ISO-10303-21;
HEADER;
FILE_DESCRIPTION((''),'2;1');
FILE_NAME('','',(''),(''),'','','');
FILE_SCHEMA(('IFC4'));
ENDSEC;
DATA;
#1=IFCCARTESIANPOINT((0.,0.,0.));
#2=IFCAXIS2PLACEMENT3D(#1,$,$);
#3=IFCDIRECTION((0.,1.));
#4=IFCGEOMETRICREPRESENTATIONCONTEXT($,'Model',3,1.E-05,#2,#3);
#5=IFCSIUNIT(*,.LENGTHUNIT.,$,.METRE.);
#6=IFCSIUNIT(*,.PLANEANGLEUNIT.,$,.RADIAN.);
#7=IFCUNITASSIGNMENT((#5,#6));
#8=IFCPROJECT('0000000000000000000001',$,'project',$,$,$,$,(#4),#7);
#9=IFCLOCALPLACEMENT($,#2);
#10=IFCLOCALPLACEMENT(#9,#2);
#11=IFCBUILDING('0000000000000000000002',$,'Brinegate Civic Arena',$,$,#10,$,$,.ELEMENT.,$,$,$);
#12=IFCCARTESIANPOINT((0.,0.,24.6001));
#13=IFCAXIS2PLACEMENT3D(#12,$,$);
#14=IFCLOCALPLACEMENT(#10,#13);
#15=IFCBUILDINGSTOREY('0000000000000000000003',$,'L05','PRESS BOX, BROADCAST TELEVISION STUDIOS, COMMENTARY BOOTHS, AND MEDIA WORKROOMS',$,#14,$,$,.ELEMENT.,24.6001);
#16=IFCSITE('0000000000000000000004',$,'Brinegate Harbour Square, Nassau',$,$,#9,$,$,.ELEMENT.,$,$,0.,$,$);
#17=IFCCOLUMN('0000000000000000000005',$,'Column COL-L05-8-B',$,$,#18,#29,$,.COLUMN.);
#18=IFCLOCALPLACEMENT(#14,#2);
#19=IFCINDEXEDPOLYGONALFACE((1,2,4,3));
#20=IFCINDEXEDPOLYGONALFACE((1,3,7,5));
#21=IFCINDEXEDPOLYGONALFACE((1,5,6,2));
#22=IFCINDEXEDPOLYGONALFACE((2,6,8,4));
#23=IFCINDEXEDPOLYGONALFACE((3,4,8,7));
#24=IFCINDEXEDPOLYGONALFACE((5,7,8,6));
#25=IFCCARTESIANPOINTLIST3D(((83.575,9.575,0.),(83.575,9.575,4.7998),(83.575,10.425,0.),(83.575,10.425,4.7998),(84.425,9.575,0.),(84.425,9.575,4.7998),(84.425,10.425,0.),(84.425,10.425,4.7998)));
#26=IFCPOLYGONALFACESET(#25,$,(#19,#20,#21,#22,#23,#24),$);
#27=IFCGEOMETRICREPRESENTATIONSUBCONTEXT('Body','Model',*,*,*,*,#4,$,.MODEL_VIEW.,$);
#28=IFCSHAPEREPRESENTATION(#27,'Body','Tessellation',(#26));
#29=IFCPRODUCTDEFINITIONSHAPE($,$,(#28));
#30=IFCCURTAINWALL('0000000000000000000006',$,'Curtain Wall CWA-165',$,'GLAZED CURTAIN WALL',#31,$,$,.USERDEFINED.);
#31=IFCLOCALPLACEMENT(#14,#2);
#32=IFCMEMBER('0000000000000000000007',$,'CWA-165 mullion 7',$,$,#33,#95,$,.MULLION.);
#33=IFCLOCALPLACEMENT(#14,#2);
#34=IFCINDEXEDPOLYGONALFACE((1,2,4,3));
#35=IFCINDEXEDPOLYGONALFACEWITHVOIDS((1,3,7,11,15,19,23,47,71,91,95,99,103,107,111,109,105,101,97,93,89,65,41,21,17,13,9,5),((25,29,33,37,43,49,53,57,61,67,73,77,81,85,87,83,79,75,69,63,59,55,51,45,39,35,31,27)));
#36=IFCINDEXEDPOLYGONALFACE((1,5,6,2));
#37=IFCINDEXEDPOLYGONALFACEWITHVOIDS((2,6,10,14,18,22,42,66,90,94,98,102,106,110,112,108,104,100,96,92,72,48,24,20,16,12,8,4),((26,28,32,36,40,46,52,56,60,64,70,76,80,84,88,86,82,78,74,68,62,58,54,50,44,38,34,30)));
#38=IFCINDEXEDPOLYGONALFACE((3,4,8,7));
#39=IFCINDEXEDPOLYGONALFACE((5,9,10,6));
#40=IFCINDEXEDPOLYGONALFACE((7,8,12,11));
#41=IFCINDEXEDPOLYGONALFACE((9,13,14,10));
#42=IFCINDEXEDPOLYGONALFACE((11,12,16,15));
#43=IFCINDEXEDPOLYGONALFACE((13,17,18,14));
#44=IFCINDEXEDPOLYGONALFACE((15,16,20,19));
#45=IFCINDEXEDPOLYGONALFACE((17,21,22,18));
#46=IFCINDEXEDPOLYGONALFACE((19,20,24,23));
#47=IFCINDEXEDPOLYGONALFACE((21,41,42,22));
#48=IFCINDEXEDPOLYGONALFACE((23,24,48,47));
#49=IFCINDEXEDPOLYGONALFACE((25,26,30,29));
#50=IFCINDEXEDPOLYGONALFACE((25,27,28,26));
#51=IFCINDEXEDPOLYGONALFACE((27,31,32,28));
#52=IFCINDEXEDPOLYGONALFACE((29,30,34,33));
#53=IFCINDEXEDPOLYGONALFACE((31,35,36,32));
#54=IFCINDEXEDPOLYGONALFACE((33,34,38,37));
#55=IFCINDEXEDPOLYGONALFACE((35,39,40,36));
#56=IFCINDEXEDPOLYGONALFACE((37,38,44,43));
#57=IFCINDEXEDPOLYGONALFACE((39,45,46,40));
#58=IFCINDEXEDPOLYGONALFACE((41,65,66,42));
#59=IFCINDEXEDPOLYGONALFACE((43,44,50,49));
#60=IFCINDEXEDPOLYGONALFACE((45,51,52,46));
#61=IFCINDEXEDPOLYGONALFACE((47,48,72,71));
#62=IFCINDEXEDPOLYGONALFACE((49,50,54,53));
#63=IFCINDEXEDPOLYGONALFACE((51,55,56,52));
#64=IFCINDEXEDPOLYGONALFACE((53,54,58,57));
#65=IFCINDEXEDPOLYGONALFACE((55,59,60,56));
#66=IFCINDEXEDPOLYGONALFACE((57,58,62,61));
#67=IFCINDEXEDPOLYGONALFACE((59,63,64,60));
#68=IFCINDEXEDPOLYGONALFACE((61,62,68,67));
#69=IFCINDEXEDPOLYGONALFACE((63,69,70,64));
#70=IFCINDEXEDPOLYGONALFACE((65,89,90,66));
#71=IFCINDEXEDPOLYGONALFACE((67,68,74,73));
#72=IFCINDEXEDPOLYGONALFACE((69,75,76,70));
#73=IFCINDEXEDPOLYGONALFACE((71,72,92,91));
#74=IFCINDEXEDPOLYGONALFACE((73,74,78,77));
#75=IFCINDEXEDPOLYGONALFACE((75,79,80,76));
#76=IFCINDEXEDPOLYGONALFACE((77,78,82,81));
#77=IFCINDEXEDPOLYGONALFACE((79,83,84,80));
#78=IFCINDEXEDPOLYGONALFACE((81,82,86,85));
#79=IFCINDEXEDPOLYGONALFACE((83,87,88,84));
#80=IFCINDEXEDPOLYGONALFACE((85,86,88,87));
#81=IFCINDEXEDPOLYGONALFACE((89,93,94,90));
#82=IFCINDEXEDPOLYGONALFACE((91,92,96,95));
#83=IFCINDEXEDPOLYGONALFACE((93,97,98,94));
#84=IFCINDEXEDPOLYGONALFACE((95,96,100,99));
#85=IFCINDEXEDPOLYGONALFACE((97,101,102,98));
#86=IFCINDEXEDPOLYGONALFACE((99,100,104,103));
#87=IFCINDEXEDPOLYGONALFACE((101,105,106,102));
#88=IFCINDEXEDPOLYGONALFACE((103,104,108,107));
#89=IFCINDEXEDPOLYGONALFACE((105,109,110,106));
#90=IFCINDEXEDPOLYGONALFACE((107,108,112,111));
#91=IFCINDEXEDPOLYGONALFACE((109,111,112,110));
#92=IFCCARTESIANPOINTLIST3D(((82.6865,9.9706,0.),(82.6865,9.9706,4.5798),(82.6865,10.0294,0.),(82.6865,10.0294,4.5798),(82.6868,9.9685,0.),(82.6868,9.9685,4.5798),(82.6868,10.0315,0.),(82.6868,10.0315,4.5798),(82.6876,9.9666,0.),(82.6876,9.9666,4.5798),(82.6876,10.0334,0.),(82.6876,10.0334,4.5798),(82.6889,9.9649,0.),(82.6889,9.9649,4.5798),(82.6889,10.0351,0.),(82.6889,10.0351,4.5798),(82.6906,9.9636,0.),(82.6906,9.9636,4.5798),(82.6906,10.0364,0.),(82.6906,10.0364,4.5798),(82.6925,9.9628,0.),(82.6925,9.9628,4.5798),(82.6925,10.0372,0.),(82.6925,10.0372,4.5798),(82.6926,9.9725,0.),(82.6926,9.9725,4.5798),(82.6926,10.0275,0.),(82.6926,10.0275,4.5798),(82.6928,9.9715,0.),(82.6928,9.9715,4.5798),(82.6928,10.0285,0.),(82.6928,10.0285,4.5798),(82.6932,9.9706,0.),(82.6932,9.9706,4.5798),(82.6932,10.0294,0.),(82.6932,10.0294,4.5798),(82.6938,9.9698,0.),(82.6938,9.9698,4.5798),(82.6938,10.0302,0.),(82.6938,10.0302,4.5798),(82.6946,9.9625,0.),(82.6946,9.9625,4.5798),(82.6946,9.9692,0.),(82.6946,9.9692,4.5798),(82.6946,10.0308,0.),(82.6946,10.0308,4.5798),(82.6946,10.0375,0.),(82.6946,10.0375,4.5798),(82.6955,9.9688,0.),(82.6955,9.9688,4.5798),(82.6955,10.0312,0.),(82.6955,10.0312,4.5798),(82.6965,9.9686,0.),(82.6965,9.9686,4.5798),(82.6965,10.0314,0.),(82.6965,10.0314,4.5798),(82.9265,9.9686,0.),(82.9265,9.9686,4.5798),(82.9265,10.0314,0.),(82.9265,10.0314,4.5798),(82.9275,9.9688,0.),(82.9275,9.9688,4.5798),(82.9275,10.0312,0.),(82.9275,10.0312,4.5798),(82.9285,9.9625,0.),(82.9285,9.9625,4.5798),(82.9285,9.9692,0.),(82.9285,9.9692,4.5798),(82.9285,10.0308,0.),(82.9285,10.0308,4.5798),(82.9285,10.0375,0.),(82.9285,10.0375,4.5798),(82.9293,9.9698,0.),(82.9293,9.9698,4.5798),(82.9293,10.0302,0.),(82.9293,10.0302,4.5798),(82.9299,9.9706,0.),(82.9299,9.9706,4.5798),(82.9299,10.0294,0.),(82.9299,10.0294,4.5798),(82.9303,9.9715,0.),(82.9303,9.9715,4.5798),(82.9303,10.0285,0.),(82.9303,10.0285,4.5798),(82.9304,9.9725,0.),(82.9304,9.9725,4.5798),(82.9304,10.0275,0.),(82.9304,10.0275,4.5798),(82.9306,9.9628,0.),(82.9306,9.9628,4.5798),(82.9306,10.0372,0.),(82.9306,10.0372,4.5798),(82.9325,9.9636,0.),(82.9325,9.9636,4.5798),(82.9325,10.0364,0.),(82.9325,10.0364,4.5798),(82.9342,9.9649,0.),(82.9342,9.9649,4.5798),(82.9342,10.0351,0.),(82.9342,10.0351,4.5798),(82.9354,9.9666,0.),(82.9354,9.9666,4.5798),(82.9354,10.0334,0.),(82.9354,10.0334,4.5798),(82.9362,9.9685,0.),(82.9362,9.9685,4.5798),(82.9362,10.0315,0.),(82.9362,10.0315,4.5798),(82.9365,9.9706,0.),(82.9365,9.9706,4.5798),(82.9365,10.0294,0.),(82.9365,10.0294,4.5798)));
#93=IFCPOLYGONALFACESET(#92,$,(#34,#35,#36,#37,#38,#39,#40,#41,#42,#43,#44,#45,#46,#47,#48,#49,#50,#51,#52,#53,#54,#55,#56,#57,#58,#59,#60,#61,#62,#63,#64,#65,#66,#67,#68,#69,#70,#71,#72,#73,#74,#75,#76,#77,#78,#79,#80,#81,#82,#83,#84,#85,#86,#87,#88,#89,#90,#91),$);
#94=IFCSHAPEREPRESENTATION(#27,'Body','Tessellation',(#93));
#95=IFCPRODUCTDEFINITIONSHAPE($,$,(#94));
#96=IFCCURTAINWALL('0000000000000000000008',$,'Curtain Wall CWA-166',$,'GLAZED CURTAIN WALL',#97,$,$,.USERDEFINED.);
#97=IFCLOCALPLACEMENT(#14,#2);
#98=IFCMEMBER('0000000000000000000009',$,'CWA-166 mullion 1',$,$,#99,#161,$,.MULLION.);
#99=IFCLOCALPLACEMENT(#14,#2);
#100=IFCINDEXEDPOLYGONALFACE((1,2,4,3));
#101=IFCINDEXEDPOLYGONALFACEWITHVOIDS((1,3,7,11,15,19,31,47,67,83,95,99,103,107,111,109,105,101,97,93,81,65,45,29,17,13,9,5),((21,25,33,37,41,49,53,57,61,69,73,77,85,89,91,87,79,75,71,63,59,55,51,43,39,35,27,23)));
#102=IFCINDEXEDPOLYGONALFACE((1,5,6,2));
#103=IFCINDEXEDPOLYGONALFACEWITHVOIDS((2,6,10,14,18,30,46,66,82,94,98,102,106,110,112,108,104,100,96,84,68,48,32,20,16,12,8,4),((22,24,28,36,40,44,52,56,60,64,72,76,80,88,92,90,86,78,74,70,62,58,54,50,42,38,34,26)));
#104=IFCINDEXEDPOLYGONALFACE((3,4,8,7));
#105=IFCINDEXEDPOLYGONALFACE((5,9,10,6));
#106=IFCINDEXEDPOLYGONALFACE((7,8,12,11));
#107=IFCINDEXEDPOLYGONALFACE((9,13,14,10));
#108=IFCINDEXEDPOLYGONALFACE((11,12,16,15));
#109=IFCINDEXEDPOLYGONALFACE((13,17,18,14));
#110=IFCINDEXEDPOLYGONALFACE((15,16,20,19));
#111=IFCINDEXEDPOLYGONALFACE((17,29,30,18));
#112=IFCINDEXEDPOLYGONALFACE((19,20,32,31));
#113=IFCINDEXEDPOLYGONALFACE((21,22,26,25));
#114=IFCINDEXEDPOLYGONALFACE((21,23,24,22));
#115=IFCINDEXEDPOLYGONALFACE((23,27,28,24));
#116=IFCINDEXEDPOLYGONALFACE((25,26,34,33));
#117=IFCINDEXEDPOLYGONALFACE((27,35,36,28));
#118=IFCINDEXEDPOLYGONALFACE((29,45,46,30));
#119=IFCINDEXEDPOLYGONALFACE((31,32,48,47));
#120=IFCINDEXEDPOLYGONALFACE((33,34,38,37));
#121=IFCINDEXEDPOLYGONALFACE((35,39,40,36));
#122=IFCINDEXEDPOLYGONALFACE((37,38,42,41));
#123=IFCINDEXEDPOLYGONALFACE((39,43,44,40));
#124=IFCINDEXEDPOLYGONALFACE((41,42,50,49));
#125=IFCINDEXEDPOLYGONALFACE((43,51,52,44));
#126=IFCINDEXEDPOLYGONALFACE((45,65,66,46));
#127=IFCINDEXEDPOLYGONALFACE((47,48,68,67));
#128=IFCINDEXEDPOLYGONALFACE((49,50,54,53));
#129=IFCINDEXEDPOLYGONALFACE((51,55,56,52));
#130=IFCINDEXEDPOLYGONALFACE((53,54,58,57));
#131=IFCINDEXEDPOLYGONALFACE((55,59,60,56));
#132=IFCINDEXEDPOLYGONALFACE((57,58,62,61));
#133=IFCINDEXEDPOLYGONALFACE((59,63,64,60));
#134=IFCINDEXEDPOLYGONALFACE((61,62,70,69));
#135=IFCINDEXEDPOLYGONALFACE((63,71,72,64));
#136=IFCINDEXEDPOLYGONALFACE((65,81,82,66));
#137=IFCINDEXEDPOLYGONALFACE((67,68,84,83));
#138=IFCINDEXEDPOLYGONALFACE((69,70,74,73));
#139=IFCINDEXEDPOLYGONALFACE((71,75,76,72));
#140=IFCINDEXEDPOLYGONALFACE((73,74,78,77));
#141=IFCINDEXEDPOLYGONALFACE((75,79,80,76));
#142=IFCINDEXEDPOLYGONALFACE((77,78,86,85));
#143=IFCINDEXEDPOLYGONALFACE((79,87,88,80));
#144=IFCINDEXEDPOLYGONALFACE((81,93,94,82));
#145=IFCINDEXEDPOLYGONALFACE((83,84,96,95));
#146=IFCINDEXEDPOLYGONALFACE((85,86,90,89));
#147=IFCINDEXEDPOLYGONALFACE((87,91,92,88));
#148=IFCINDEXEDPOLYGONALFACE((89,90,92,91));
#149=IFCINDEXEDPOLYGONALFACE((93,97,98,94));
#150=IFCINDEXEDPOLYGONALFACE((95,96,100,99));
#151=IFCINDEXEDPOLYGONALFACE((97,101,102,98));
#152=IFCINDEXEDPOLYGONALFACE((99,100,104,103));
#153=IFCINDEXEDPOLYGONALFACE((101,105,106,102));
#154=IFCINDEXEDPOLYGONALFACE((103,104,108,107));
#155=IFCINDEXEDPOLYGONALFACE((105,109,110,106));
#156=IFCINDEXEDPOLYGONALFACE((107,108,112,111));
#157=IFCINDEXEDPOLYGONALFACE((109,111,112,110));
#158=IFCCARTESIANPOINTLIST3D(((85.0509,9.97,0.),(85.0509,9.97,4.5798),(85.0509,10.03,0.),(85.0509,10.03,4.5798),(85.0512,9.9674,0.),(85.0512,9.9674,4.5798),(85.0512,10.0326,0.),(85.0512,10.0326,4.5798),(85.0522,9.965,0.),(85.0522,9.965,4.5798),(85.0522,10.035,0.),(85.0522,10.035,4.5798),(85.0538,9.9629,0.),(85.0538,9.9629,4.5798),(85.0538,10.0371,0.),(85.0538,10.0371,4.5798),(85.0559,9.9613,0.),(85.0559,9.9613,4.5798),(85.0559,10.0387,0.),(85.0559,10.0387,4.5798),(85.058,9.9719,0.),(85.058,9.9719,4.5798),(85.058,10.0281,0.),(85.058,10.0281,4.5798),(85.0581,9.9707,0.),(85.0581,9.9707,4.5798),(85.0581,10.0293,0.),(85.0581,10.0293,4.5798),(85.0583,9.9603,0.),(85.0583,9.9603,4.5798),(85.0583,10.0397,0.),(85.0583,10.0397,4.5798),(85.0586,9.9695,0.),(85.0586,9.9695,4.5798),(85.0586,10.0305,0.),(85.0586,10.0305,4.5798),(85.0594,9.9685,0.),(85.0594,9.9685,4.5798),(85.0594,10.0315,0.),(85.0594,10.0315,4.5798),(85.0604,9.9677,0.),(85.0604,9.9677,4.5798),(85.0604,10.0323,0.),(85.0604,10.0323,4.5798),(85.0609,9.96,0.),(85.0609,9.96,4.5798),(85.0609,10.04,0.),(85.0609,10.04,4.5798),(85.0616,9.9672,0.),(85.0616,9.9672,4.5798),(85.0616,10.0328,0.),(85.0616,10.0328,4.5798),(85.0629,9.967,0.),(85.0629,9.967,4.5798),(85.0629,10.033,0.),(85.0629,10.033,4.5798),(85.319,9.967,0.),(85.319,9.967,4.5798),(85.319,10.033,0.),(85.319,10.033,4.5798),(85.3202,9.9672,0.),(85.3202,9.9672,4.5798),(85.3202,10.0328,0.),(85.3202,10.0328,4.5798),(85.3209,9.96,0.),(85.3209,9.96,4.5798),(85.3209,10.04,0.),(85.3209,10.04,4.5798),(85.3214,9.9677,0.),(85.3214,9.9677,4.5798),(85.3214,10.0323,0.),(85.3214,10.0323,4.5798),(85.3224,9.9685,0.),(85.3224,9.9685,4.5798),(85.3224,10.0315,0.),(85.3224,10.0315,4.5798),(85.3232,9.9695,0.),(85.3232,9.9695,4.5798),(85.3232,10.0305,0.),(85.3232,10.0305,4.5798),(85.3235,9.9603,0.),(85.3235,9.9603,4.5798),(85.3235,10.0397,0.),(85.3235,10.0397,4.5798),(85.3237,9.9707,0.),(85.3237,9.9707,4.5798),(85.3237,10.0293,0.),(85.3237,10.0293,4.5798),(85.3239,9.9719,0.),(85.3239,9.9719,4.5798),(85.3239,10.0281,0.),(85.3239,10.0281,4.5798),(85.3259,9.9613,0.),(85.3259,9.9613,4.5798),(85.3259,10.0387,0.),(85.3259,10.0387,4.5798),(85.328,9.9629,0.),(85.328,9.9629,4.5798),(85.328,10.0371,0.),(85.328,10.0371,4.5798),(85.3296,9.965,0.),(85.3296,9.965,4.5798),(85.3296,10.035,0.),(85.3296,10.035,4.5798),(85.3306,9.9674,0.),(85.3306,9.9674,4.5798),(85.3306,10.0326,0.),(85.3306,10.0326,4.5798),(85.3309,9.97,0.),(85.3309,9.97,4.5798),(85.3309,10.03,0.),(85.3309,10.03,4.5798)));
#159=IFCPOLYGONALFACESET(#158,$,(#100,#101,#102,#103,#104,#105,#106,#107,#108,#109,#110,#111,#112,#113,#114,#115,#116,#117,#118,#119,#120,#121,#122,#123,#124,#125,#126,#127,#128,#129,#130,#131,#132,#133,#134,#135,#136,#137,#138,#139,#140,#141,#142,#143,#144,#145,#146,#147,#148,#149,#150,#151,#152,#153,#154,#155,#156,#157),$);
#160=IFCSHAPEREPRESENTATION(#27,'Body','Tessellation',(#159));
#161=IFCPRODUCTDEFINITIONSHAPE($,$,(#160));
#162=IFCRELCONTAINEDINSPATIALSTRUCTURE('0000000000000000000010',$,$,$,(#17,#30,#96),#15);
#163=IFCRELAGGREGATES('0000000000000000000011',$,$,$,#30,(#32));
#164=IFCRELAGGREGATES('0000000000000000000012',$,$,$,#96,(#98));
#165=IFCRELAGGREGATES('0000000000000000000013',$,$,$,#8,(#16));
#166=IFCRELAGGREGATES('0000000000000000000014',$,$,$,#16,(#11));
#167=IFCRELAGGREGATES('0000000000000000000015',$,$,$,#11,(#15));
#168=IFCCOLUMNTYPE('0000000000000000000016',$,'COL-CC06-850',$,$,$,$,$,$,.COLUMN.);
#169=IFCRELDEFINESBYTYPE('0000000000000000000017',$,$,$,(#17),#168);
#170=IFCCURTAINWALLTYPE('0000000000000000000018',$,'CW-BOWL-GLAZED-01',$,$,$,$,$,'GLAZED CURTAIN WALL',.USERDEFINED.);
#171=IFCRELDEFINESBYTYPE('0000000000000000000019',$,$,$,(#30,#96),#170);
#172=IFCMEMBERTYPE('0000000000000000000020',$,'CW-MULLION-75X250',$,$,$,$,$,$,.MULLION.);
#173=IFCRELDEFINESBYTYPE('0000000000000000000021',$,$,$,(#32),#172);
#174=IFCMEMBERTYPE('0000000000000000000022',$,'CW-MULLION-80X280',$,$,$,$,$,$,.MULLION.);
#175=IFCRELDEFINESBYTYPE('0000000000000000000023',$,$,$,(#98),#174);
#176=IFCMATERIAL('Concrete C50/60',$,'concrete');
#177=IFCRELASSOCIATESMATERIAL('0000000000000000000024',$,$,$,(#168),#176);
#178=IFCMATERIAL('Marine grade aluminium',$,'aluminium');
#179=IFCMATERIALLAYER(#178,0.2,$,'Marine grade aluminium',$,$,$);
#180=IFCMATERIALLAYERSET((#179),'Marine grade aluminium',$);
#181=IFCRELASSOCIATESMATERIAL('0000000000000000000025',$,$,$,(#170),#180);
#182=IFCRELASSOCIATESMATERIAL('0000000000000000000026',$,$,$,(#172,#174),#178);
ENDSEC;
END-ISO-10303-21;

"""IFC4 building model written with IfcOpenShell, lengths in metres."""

from ifc_helpers import new_model, si_unit, direction, frame, origin, origin_2d, place, context, subcontext, project, spatial, rectangle, hollow_rectangle, extrude, material, layer, layer_set, material_profile, profile_set, type_object, element, aggregate, save


model = new_model("IFC4")

# Units and contexts
model_context = context("Model", 3, precision=1e-05, world=origin(), true_north=direction((0.0, 1.0)))
body_context = subcontext(model_context, "Body", "Model", "MODEL_VIEW")
ifc_project = project(units=[si_unit("LENGTHUNIT", "METRE"), si_unit("PLANEANGLEUNIT", "RADIAN")], contexts=[model_context])

# Site, building, storey
site_placement = place(None, origin())
site = spatial("IfcSite", under=ifc_project, at=site_placement, Name="Brinegate Harbour Square, Nassau", CompositionType="ELEMENT", RefElevation=0.0)
building_placement = place(site_placement, origin())
building = spatial("IfcBuilding", under=site, at=building_placement, Name="Brinegate Civic Arena", CompositionType="ELEMENT")
storey_placement = place(building_placement, frame((0.0, 0.0, 24.6001)))
storey = spatial("IfcBuildingStorey", under=building, at=storey_placement, Name="L05", Description="PRESS BOX, BROADCAST TELEVISION STUDIOS, COMMENTARY BOOTHS, AND MEDIA WORKROOMS", CompositionType="ELEMENT", Elevation=24.6001)

# Column
ifc_material_1 = material(Name="Concrete C50/60", Category="concrete")
ifc_material_profile_1 = material_profile(ifc_material_1, rectangle(XDim=0.8501, YDim=0.8501, at=origin_2d()), Name="RC850X850")
ifc_profile_set_1 = profile_set([ifc_material_profile_1], Name="Concrete C50/60")
column_type = type_object("IfcColumnType", Name="COL-CC06-850", PredefinedType="COLUMN", material=ifc_profile_set_1)
column_placement = place(storey_placement, frame((84.0, 10.0, 0.0), z_axis=(0.0, 0.0, 1.0), x_axis=(1.0, 0.0, 0.0)))
element("IfcColumn", 1, at=column_placement, inside=storey, type_object=column_type, Name="Column COL-L05-8-B", PredefinedType="COLUMN", context=body_context, shape_type="SweptSolid", body=[
    extrude(rectangle(XDim=0.8501, YDim=0.8501, at=origin_2d()), origin(), (0.0, 0.0, 1.0), 4.7998),
])

# Curtain wall, member
ifc_material_2 = material(Name="Marine grade aluminium", Category="aluminium")
ifc_layer_1 = layer(ifc_material_2, 0.2, Name="Marine grade aluminium")
ifc_layer_set_1 = layer_set([ifc_layer_1], Name="Marine grade aluminium")
curtain_wall_type = type_object("IfcCurtainWallType", Name="CW-BOWL-GLAZED-01", ElementType="GLAZED CURTAIN WALL", PredefinedType="USERDEFINED", material=ifc_layer_set_1)
curtain_wall_1_placement = place(storey_placement, origin())
curtain_wall_1 = element("IfcCurtainWall", 2, at=curtain_wall_1_placement, inside=storey, type_object=curtain_wall_type, Name="Curtain Wall CWA-165", ObjectType="GLAZED CURTAIN WALL", PredefinedType="USERDEFINED")
ifc_material_profile_2 = material_profile(ifc_material_2, hollow_rectangle(XDim=0.075, YDim=0.25, WallThickness=0.0061, InnerFilletRadius=0.0039, OuterFilletRadius=0.0081, at=origin_2d()), Name="MUL75X250")
ifc_profile_set_2 = profile_set([ifc_material_profile_2], Name="Marine grade aluminium")
member_type_1 = type_object("IfcMemberType", Name="CW-MULLION-75X250", PredefinedType="MULLION", material=ifc_profile_set_2)
member_1_placement = place(storey_placement, frame((82.8115, 10.0, 0.0), z_axis=(0.0, 0.0, 1.0), x_axis=(0.0, 1.0, 0.0)))
member_1 = element("IfcMember", 3, at=member_1_placement, type_object=member_type_1, Name="CWA-165 mullion 7", PredefinedType="MULLION", context=body_context, shape_type="SweptSolid", body=[
    extrude(hollow_rectangle(XDim=0.075, YDim=0.25, WallThickness=0.0061, InnerFilletRadius=0.0039, OuterFilletRadius=0.0081, at=origin_2d()), origin(), (0.0, 0.0, 1.0), 4.5798),
])

# Curtain wall, member
curtain_wall_2_placement = place(storey_placement, origin())
curtain_wall_2 = element("IfcCurtainWall", 4, at=curtain_wall_2_placement, inside=storey, type_object=curtain_wall_type, Name="Curtain Wall CWA-166", ObjectType="GLAZED CURTAIN WALL", PredefinedType="USERDEFINED")
ifc_material_profile_3 = material_profile(ifc_material_2, hollow_rectangle(XDim=0.0801, YDim=0.28, WallThickness=0.0071, InnerFilletRadius=0.0049, OuterFilletRadius=0.01, at=origin_2d()), Name="MUL80X280")
ifc_profile_set_3 = profile_set([ifc_material_profile_3], Name="Marine grade aluminium")
member_type_2 = type_object("IfcMemberType", Name="CW-MULLION-80X280", PredefinedType="MULLION", material=ifc_profile_set_3)
member_2_placement = place(storey_placement, frame((85.1909, 10.0, 0.0), z_axis=(0.0, 0.0, 1.0), x_axis=(0.0, 1.0, 0.0)))
member_2 = element("IfcMember", 5, at=member_2_placement, type_object=member_type_2, Name="CWA-166 mullion 1", PredefinedType="MULLION", context=body_context, shape_type="SweptSolid", body=[
    extrude(hollow_rectangle(XDim=0.0801, YDim=0.28, WallThickness=0.0071, InnerFilletRadius=0.0049, OuterFilletRadius=0.01, at=origin_2d()), origin(), (0.0, 0.0, 1.0), 4.5798),
])

aggregate(curtain_wall_1, [member_1])
aggregate(curtain_wall_2, [member_2])

save(model, "model.ifc")
